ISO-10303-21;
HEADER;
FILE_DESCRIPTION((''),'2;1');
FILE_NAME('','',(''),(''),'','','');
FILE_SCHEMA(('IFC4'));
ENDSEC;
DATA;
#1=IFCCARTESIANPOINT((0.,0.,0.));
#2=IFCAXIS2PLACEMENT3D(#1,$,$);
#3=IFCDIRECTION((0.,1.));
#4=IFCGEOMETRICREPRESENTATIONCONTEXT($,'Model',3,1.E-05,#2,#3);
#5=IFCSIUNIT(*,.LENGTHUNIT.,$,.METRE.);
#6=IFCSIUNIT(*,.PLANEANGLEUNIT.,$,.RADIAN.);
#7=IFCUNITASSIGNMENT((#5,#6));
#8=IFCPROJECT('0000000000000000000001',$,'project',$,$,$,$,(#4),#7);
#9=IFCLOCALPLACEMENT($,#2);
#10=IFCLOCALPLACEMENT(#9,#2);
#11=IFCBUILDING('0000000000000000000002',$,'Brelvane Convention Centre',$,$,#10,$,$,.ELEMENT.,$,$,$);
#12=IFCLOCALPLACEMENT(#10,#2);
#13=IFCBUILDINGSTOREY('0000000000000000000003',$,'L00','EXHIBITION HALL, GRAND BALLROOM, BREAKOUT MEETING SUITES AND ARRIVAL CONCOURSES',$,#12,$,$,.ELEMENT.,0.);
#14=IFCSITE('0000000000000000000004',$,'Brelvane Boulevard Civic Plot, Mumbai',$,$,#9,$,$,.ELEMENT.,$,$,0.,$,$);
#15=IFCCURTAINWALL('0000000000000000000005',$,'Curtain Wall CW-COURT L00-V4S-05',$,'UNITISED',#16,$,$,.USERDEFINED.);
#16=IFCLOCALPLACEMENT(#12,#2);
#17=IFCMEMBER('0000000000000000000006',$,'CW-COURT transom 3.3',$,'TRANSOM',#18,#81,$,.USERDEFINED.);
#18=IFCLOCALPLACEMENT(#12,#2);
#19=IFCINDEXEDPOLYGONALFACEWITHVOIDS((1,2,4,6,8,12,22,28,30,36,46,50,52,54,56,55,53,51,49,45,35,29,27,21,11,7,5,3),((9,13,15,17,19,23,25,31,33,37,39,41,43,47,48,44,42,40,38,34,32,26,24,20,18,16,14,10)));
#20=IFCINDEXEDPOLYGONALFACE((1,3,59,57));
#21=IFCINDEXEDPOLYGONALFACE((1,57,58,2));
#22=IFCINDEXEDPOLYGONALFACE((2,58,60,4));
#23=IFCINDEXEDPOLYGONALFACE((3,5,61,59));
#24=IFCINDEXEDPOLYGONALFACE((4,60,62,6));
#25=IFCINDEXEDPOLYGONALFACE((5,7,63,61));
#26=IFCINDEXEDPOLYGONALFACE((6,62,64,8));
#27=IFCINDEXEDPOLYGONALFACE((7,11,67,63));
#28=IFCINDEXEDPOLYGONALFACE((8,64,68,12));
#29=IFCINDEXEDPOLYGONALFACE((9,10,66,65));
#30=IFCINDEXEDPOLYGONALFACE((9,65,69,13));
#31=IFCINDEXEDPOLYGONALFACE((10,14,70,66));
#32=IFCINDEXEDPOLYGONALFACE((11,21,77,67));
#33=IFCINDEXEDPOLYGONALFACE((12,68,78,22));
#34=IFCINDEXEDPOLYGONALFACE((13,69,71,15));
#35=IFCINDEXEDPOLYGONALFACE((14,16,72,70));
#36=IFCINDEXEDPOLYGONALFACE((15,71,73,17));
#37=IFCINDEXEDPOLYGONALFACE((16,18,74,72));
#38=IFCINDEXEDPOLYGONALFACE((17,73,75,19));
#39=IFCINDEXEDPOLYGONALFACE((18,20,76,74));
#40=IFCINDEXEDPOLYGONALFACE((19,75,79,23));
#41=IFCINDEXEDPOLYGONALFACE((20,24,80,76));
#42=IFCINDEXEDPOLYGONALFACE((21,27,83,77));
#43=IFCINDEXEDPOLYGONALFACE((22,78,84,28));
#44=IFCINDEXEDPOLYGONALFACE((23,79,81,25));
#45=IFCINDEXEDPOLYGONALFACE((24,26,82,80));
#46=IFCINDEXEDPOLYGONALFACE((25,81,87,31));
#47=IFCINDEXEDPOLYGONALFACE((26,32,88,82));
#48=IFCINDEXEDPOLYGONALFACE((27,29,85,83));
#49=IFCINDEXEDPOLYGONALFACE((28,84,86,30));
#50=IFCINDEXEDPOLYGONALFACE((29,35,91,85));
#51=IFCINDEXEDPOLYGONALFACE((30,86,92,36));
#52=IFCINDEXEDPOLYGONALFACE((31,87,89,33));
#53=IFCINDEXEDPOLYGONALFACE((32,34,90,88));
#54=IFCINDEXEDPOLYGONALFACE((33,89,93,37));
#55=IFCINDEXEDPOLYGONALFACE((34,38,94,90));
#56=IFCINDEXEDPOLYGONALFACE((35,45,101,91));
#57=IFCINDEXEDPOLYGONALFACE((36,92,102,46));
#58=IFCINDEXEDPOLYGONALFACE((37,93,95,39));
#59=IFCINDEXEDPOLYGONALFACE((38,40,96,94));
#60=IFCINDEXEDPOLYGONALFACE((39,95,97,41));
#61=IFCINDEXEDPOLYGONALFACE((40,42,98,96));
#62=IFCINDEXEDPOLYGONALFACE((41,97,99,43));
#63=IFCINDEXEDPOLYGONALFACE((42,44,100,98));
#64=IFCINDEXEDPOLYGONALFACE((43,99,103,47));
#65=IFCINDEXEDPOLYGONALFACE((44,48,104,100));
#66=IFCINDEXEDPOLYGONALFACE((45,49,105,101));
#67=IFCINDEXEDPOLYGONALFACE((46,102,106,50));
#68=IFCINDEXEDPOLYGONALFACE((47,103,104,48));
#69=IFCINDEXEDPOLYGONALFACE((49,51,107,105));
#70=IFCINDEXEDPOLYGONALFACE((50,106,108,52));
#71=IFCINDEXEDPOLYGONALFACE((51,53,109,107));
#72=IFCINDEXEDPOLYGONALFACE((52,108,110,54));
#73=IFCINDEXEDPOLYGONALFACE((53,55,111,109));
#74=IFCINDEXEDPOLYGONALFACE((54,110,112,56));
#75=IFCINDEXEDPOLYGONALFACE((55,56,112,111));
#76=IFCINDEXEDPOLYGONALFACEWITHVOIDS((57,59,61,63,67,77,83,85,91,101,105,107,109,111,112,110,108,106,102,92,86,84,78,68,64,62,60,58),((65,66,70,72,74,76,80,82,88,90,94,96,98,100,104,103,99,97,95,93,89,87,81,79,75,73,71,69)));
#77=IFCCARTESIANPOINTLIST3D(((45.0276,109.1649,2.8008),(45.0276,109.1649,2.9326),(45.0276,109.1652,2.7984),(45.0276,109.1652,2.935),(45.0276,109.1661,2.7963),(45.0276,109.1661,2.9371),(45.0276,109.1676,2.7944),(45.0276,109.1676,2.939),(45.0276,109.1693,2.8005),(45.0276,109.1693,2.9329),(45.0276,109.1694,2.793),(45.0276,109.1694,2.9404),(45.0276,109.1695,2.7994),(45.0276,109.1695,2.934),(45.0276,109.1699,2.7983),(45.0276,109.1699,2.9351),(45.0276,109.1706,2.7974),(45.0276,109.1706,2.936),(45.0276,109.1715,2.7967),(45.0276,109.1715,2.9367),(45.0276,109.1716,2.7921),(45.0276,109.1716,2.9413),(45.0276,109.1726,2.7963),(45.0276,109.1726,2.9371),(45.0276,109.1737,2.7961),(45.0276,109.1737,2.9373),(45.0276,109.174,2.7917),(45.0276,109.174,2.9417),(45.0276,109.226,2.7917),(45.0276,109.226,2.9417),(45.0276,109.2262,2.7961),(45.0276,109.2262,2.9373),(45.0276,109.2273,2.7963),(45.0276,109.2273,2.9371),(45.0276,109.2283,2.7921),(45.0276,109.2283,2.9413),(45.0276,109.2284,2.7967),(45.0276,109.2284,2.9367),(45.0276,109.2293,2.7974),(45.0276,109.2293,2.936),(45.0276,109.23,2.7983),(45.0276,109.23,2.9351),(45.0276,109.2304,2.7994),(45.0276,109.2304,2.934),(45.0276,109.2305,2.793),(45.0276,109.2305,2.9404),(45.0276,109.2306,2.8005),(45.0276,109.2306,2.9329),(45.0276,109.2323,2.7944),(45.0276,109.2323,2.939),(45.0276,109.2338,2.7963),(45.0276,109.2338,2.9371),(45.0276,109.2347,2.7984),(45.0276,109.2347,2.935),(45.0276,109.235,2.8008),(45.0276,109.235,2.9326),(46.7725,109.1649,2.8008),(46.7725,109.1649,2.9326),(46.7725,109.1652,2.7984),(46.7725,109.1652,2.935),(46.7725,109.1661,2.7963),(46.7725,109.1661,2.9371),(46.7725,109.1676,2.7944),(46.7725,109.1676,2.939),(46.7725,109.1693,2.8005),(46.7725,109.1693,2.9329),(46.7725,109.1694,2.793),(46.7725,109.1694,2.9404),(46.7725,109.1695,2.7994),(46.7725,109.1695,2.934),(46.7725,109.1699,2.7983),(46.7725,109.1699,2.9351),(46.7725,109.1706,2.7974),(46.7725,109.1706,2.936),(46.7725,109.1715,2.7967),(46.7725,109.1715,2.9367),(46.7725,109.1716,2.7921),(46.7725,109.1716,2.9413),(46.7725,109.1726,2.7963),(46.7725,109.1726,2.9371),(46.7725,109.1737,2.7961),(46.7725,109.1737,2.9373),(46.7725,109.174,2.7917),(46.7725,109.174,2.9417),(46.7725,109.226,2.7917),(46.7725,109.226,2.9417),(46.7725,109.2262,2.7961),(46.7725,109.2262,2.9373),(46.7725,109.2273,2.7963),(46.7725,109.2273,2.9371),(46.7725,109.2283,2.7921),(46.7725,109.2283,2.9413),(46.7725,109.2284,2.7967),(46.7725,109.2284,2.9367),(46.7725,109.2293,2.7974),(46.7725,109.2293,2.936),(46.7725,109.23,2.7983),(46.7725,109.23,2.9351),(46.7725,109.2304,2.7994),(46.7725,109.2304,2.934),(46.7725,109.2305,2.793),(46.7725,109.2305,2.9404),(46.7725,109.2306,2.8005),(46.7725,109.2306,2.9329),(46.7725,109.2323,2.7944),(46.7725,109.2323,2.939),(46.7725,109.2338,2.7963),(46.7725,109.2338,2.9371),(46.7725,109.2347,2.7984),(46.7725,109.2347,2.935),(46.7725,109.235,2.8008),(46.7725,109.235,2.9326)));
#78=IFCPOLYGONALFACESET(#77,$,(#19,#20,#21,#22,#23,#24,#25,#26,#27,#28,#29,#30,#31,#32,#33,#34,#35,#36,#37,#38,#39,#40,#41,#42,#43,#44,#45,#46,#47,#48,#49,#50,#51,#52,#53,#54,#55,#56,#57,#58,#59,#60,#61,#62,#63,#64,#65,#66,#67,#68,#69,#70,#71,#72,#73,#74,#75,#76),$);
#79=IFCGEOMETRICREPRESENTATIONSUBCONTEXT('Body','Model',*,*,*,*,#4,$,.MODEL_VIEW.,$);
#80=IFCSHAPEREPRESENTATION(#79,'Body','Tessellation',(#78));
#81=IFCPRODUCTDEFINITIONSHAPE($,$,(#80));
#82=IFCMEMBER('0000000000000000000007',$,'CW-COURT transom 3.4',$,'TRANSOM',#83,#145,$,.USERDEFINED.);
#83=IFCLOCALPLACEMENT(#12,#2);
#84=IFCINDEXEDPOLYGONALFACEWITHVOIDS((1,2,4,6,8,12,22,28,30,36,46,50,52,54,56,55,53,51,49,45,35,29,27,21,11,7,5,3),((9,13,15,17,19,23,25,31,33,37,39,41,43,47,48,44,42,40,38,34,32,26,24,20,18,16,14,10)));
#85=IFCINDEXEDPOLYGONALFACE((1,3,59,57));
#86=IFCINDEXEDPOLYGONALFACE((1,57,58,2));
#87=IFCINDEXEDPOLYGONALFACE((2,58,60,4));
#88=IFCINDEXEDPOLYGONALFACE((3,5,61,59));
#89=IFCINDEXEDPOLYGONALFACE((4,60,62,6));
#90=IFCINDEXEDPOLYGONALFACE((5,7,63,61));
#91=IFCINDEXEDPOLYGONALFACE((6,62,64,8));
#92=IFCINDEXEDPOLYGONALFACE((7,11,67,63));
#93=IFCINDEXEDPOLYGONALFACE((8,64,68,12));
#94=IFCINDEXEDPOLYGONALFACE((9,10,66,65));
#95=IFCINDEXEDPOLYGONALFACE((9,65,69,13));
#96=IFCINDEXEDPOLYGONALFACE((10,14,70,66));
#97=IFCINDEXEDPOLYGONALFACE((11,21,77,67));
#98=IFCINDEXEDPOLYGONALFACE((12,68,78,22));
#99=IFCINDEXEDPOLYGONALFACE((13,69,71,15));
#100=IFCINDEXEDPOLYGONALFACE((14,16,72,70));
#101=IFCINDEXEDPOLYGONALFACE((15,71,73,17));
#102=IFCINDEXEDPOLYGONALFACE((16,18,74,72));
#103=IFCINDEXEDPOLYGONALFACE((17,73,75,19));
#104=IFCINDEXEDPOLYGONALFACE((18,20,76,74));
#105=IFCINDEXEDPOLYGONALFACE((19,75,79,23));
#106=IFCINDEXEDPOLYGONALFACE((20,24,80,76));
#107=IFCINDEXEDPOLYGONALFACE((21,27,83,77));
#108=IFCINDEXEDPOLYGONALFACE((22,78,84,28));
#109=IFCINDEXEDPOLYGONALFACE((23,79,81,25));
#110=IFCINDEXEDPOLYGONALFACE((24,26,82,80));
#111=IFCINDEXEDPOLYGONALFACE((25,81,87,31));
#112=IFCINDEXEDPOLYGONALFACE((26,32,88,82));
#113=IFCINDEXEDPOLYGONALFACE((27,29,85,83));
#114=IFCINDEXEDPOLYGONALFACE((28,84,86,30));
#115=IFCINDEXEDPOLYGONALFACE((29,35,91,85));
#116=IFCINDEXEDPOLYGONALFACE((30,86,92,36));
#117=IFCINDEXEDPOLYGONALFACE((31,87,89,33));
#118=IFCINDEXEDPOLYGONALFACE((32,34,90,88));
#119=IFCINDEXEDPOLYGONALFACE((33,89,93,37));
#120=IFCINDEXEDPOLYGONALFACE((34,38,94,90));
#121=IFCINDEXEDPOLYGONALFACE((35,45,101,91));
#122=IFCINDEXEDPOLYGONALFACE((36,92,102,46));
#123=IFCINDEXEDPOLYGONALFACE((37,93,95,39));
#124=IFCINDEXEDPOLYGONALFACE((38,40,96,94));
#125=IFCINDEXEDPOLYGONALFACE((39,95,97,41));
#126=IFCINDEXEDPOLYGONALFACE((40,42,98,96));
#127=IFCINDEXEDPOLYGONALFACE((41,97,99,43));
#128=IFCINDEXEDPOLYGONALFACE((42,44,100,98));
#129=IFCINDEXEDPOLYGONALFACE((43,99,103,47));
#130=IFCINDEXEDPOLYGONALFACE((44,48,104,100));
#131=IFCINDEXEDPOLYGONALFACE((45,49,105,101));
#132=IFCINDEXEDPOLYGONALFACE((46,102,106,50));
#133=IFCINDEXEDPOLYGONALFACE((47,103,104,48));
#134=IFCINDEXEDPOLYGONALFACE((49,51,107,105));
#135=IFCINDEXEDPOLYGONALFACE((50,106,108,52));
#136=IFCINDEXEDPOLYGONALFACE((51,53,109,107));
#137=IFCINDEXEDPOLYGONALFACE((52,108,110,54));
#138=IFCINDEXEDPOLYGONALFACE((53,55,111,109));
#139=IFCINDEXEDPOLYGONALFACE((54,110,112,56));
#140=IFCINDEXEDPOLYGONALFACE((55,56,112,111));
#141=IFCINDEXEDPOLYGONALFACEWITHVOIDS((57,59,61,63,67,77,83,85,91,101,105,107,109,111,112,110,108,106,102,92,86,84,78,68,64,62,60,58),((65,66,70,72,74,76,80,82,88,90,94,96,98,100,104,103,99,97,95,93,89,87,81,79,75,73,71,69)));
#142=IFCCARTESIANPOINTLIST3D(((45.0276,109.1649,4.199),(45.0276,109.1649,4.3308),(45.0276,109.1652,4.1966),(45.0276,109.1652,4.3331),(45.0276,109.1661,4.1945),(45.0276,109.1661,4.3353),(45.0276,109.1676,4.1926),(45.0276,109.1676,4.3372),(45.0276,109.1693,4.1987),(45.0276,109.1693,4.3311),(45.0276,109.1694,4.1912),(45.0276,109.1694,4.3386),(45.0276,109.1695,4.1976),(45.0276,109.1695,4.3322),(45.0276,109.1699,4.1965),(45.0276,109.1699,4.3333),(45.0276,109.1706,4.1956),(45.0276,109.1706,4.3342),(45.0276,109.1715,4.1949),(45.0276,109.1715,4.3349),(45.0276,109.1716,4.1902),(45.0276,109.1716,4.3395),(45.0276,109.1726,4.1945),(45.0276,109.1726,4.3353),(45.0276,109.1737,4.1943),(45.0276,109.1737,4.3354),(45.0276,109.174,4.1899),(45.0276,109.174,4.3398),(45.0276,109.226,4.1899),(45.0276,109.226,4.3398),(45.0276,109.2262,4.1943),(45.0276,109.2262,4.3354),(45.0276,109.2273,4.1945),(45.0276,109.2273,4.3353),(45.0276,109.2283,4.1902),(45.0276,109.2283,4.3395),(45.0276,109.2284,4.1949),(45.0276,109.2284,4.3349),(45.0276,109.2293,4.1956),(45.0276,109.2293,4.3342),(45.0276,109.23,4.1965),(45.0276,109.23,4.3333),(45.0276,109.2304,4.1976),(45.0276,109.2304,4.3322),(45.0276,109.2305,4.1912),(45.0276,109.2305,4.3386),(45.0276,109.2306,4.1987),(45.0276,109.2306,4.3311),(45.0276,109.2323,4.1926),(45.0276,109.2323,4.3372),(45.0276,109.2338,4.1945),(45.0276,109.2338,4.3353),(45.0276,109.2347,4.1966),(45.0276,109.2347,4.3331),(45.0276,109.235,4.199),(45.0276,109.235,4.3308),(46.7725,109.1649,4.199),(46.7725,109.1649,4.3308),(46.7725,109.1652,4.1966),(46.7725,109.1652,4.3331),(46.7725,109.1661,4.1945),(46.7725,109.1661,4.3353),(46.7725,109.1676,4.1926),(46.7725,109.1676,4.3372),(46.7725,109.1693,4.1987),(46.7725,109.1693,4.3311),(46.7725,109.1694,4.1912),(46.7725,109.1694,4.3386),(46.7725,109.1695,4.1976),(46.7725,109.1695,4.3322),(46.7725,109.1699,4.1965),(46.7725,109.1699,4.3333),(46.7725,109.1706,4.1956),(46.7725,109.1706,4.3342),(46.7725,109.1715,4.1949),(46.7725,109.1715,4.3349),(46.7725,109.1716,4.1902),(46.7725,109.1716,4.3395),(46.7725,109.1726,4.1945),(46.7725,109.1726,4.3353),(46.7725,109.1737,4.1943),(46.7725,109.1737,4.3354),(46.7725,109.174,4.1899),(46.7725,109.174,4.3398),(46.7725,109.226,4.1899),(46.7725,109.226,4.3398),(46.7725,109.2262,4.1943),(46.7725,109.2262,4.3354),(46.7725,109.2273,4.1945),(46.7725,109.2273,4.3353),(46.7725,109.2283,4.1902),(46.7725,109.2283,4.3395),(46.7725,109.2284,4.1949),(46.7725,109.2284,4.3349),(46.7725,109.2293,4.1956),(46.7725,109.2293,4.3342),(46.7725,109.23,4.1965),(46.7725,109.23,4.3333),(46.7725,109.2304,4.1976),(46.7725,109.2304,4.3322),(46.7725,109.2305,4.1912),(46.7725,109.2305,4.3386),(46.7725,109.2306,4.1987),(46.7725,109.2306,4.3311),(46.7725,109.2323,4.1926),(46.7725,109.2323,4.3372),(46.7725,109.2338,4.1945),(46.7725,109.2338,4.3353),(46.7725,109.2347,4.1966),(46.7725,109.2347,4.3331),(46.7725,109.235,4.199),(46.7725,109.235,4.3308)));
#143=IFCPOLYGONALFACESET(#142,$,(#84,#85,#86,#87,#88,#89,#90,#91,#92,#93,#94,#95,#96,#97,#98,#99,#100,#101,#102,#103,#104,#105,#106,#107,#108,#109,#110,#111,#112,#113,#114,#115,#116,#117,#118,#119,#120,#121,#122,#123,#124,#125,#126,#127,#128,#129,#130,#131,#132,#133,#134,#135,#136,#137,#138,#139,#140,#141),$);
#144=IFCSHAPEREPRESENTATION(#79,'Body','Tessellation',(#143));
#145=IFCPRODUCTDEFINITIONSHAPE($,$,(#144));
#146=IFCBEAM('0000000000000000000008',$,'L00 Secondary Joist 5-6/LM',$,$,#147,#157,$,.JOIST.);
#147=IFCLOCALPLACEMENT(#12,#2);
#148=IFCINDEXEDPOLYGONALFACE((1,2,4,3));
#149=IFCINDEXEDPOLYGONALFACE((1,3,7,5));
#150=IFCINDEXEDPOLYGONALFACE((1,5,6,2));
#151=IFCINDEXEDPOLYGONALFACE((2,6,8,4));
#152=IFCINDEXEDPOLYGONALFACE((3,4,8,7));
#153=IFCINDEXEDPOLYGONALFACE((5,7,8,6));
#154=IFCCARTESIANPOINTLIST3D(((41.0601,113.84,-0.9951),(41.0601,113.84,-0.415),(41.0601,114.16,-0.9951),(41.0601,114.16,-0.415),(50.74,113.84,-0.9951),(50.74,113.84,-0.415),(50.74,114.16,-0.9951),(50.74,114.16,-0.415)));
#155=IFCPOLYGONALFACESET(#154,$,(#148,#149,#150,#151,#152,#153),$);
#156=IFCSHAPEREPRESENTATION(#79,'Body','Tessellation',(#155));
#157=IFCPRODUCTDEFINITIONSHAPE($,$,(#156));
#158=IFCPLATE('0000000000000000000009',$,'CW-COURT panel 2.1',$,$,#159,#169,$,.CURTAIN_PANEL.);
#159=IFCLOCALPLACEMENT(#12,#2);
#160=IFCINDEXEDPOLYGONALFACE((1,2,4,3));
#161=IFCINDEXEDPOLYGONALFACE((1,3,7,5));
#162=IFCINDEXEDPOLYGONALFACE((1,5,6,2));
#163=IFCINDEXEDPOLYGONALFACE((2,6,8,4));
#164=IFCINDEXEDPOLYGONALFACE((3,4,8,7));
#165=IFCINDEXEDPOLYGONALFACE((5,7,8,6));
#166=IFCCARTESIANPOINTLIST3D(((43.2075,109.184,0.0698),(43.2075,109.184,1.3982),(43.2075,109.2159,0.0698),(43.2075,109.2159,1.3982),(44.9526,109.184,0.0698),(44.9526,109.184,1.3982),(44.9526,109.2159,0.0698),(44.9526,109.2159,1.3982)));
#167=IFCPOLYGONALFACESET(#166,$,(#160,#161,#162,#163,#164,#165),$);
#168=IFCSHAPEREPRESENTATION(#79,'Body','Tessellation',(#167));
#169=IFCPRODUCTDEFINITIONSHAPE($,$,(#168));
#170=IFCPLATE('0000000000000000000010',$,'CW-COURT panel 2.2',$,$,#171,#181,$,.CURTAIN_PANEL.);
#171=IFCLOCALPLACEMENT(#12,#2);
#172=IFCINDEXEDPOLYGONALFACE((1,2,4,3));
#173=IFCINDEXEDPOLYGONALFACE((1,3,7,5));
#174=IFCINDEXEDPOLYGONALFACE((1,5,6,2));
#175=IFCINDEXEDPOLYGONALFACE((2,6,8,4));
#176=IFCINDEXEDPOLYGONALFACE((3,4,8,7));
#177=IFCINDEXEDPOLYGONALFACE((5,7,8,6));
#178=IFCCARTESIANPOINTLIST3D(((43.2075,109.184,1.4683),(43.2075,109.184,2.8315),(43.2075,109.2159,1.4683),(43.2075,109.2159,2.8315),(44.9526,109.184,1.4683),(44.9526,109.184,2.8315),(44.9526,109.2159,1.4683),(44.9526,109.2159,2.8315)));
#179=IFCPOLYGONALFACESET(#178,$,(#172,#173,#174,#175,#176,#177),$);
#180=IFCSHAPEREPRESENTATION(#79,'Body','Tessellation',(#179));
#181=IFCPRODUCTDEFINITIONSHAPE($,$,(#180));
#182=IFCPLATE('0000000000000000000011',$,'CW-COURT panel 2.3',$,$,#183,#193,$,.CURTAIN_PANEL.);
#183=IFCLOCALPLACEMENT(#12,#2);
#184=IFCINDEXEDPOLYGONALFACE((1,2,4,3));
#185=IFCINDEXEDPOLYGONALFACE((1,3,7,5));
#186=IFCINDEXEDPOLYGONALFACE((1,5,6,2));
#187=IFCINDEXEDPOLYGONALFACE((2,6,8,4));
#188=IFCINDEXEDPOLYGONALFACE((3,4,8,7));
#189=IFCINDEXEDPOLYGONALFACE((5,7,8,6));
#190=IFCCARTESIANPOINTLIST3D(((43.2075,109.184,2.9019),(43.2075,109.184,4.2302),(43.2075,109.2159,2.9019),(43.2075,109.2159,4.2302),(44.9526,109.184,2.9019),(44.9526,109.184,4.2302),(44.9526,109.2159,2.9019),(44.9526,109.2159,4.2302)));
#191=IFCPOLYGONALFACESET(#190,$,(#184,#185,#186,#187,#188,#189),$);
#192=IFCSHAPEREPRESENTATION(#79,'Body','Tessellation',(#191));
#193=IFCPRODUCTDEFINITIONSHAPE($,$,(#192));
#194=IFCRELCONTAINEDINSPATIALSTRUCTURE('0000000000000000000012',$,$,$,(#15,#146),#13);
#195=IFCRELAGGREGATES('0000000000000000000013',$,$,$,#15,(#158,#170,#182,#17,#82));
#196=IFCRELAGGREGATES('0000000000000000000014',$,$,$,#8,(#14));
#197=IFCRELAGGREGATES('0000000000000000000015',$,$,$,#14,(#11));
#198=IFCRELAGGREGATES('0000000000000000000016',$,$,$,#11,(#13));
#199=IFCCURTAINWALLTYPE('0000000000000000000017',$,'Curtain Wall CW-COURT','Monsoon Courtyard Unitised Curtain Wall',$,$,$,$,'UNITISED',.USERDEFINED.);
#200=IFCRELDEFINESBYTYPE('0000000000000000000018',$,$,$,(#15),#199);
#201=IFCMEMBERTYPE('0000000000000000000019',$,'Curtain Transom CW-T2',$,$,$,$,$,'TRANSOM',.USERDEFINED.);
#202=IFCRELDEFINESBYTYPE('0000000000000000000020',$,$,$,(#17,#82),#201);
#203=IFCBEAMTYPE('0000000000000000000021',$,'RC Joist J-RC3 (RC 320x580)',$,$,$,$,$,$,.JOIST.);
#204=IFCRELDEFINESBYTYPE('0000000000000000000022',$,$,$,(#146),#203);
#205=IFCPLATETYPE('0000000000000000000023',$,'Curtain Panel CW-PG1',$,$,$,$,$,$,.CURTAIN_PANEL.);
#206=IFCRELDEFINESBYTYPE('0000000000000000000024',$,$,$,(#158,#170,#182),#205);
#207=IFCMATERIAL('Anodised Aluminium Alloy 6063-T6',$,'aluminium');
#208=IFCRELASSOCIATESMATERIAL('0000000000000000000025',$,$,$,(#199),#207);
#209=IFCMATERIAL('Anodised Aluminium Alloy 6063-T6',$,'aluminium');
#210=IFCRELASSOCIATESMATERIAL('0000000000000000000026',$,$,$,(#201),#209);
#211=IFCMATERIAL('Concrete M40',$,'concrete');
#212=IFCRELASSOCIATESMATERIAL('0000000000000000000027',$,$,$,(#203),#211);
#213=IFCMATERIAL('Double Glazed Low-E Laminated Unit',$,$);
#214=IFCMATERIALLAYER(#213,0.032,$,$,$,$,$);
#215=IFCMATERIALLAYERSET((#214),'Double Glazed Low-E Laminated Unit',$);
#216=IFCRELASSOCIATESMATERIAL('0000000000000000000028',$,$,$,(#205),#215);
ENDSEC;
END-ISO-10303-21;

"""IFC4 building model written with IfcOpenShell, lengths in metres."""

from ifc_helpers import new_model, si_unit, direction, frame, origin, origin_2d, place, context, subcontext, project, spatial, rectangle, hollow_rectangle, extrude, material, layer, layer_set, material_profile, profile_set, type_object, element, aggregate, save


model = new_model("IFC4")

# Units and contexts
model_context = context("Model", 3, precision=1e-05, world=origin(), true_north=direction((0.0, 1.0)))
body_context = subcontext(model_context, "Body", "Model", "MODEL_VIEW")
ifc_project = project(units=[si_unit("LENGTHUNIT", "METRE"), si_unit("PLANEANGLEUNIT", "RADIAN")], contexts=[model_context])

# Site, building, storey
site_placement = place(None, origin())
site = spatial("IfcSite", under=ifc_project, at=site_placement, Name="Brelvane Boulevard Civic Plot, Mumbai", CompositionType="ELEMENT", RefElevation=0.0)
building_placement = place(site_placement, origin())
building = spatial("IfcBuilding", under=site, at=building_placement, Name="Brelvane Convention Centre", CompositionType="ELEMENT")
storey_placement = place(building_placement, origin())
storey = spatial("IfcBuildingStorey", under=building, at=storey_placement, Name="L00", Description="EXHIBITION HALL, GRAND BALLROOM, BREAKOUT MEETING SUITES AND ARRIVAL CONCOURSES", CompositionType="ELEMENT", Elevation=0.0)

# Curtain wall, members
ifc_material_1 = material(Name="Anodised Aluminium Alloy 6063-T6", Category="aluminium")
curtain_wall_type = type_object("IfcCurtainWallType", Name="Curtain Wall CW-COURT", Description="Monsoon Courtyard Unitised Curtain Wall", ElementType="UNITISED", PredefinedType="USERDEFINED", material=ifc_material_1)
curtain_wall_placement = place(storey_placement, origin())
curtain_wall = element("IfcCurtainWall", 1, at=curtain_wall_placement, inside=storey, type_object=curtain_wall_type, Name="Curtain Wall CW-COURT L00-V4S-05", ObjectType="UNITISED", PredefinedType="USERDEFINED")
ifc_material_2 = material(Name="Anodised Aluminium Alloy 6063-T6", Category="aluminium")
ifc_material_profile_1 = material_profile(ifc_material_2, hollow_rectangle(XDim=0.0701, YDim=0.1499, WallThickness=0.0044, InnerFilletRadius=0.0044, OuterFilletRadius=0.009, at=origin_2d()), Name="ALU-T 150x70x4.5")
ifc_profile_set_1 = profile_set([ifc_material_profile_1], Name="Anodised Aluminium Alloy 6063-T6")
member_type_1 = type_object("IfcMemberType", Name="Curtain Transom CW-T2", ElementType="TRANSOM", PredefinedType="USERDEFINED", material=ifc_profile_set_1)
member_1_placement = place(storey_placement, frame((45.0276, 109.2, 2.8667), z_axis=(1.0, 0.0, 0.0), x_axis=(0.0, 1.0, 0.0)))
member_1 = element("IfcMember", 2, at=member_1_placement, type_object=member_type_1, Name="CW-COURT transom 3.3", ObjectType="TRANSOM", PredefinedType="USERDEFINED", context=body_context, shape_type="SweptSolid", body=[
    extrude(hollow_rectangle(XDim=0.0701, YDim=0.1499, WallThickness=0.0044, InnerFilletRadius=0.0044, OuterFilletRadius=0.009, at=origin_2d()), origin(), (0.0, 0.0, 1.0), 1.7449),
])
member_2_placement = place(storey_placement, frame((45.0276, 109.2, 4.2649), z_axis=(1.0, 0.0, 0.0), x_axis=(0.0, 1.0, 0.0)))
member_2 = element("IfcMember", 3, at=member_2_placement, type_object=member_type_1, Name="CW-COURT transom 3.4", ObjectType="TRANSOM", PredefinedType="USERDEFINED", context=body_context, shape_type="SweptSolid", body=[
    extrude(hollow_rectangle(XDim=0.0701, YDim=0.1499, WallThickness=0.0044, InnerFilletRadius=0.0044, OuterFilletRadius=0.009, at=origin_2d()), origin(), (0.0, 0.0, 1.0), 1.7449),
])

# Beam
ifc_material_3 = material(Name="Concrete M40", Category="concrete")
ifc_material_profile_2 = material_profile(ifc_material_3, rectangle(XDim=0.3201, YDim=0.5801, at=origin_2d()), Name="RC 320x580")
ifc_profile_set_2 = profile_set([ifc_material_profile_2], Name="Concrete M40")
beam_type = type_object("IfcBeamType", Name="RC Joist J-RC3 (RC 320x580)", PredefinedType="JOIST", material=ifc_profile_set_2)
beam_placement = place(storey_placement, frame((41.0601, 114.0, -0.7051), z_axis=(1.0, 0.0, 0.0), x_axis=(0.0, 1.0, 0.0)))
element("IfcBeam", 4, at=beam_placement, inside=storey, type_object=beam_type, Name="L00 Secondary Joist 5-6/LM", PredefinedType="JOIST", context=body_context, shape_type="SweptSolid", body=[
    extrude(rectangle(XDim=0.3201, YDim=0.5801, at=origin_2d()), origin(), (0.0, 0.0, 1.0), 9.6799),
])

# Plates
ifc_material_4 = material(Name="Double Glazed Low-E Laminated Unit")
ifc_layer = layer(ifc_material_4, 0.032)
ifc_layer_set = layer_set([ifc_layer], Name="Double Glazed Low-E Laminated Unit")
plate_type = type_object("IfcPlateType", Name="Curtain Panel CW-PG1", PredefinedType="CURTAIN_PANEL", material=ifc_layer_set)
plate_1_placement = place(storey_placement, frame((44.0801, 109.2, 0.0698), z_axis=(0.0, 0.0, 1.0), x_axis=(1.0, 0.0, 0.0)))
plate_1 = element("IfcPlate", 5, at=plate_1_placement, type_object=plate_type, Name="CW-COURT panel 2.1", PredefinedType="CURTAIN_PANEL", context=body_context, shape_type="SweptSolid", body=[
    extrude(rectangle(XDim=1.7451, YDim=0.032, at=origin_2d()), origin(), (0.0, 0.0, 1.0), 1.3284),
])
plate_2_placement = place(storey_placement, frame((44.0801, 109.2, 1.4683), z_axis=(0.0, 0.0, 1.0), x_axis=(1.0, 0.0, 0.0)))
plate_2 = element("IfcPlate", 6, at=plate_2_placement, type_object=plate_type, Name="CW-COURT panel 2.2", PredefinedType="CURTAIN_PANEL", context=body_context, shape_type="SweptSolid", body=[
    extrude(rectangle(XDim=1.7451, YDim=0.032, at=origin_2d()), origin(), (0.0, 0.0, 1.0), 1.3633),
])
plate_3_placement = place(storey_placement, frame((44.0801, 109.2, 2.9019), z_axis=(0.0, 0.0, 1.0), x_axis=(1.0, 0.0, 0.0)))
plate_3 = element("IfcPlate", 7, at=plate_3_placement, type_object=plate_type, Name="CW-COURT panel 2.3", PredefinedType="CURTAIN_PANEL", context=body_context, shape_type="SweptSolid", body=[
    extrude(rectangle(XDim=1.7451, YDim=0.032, at=origin_2d()), origin(), (0.0, 0.0, 1.0), 1.3284),
])
aggregate(curtain_wall, [plate_1, plate_2, plate_3, member_1, member_2])

save(model, "model.ifc")
